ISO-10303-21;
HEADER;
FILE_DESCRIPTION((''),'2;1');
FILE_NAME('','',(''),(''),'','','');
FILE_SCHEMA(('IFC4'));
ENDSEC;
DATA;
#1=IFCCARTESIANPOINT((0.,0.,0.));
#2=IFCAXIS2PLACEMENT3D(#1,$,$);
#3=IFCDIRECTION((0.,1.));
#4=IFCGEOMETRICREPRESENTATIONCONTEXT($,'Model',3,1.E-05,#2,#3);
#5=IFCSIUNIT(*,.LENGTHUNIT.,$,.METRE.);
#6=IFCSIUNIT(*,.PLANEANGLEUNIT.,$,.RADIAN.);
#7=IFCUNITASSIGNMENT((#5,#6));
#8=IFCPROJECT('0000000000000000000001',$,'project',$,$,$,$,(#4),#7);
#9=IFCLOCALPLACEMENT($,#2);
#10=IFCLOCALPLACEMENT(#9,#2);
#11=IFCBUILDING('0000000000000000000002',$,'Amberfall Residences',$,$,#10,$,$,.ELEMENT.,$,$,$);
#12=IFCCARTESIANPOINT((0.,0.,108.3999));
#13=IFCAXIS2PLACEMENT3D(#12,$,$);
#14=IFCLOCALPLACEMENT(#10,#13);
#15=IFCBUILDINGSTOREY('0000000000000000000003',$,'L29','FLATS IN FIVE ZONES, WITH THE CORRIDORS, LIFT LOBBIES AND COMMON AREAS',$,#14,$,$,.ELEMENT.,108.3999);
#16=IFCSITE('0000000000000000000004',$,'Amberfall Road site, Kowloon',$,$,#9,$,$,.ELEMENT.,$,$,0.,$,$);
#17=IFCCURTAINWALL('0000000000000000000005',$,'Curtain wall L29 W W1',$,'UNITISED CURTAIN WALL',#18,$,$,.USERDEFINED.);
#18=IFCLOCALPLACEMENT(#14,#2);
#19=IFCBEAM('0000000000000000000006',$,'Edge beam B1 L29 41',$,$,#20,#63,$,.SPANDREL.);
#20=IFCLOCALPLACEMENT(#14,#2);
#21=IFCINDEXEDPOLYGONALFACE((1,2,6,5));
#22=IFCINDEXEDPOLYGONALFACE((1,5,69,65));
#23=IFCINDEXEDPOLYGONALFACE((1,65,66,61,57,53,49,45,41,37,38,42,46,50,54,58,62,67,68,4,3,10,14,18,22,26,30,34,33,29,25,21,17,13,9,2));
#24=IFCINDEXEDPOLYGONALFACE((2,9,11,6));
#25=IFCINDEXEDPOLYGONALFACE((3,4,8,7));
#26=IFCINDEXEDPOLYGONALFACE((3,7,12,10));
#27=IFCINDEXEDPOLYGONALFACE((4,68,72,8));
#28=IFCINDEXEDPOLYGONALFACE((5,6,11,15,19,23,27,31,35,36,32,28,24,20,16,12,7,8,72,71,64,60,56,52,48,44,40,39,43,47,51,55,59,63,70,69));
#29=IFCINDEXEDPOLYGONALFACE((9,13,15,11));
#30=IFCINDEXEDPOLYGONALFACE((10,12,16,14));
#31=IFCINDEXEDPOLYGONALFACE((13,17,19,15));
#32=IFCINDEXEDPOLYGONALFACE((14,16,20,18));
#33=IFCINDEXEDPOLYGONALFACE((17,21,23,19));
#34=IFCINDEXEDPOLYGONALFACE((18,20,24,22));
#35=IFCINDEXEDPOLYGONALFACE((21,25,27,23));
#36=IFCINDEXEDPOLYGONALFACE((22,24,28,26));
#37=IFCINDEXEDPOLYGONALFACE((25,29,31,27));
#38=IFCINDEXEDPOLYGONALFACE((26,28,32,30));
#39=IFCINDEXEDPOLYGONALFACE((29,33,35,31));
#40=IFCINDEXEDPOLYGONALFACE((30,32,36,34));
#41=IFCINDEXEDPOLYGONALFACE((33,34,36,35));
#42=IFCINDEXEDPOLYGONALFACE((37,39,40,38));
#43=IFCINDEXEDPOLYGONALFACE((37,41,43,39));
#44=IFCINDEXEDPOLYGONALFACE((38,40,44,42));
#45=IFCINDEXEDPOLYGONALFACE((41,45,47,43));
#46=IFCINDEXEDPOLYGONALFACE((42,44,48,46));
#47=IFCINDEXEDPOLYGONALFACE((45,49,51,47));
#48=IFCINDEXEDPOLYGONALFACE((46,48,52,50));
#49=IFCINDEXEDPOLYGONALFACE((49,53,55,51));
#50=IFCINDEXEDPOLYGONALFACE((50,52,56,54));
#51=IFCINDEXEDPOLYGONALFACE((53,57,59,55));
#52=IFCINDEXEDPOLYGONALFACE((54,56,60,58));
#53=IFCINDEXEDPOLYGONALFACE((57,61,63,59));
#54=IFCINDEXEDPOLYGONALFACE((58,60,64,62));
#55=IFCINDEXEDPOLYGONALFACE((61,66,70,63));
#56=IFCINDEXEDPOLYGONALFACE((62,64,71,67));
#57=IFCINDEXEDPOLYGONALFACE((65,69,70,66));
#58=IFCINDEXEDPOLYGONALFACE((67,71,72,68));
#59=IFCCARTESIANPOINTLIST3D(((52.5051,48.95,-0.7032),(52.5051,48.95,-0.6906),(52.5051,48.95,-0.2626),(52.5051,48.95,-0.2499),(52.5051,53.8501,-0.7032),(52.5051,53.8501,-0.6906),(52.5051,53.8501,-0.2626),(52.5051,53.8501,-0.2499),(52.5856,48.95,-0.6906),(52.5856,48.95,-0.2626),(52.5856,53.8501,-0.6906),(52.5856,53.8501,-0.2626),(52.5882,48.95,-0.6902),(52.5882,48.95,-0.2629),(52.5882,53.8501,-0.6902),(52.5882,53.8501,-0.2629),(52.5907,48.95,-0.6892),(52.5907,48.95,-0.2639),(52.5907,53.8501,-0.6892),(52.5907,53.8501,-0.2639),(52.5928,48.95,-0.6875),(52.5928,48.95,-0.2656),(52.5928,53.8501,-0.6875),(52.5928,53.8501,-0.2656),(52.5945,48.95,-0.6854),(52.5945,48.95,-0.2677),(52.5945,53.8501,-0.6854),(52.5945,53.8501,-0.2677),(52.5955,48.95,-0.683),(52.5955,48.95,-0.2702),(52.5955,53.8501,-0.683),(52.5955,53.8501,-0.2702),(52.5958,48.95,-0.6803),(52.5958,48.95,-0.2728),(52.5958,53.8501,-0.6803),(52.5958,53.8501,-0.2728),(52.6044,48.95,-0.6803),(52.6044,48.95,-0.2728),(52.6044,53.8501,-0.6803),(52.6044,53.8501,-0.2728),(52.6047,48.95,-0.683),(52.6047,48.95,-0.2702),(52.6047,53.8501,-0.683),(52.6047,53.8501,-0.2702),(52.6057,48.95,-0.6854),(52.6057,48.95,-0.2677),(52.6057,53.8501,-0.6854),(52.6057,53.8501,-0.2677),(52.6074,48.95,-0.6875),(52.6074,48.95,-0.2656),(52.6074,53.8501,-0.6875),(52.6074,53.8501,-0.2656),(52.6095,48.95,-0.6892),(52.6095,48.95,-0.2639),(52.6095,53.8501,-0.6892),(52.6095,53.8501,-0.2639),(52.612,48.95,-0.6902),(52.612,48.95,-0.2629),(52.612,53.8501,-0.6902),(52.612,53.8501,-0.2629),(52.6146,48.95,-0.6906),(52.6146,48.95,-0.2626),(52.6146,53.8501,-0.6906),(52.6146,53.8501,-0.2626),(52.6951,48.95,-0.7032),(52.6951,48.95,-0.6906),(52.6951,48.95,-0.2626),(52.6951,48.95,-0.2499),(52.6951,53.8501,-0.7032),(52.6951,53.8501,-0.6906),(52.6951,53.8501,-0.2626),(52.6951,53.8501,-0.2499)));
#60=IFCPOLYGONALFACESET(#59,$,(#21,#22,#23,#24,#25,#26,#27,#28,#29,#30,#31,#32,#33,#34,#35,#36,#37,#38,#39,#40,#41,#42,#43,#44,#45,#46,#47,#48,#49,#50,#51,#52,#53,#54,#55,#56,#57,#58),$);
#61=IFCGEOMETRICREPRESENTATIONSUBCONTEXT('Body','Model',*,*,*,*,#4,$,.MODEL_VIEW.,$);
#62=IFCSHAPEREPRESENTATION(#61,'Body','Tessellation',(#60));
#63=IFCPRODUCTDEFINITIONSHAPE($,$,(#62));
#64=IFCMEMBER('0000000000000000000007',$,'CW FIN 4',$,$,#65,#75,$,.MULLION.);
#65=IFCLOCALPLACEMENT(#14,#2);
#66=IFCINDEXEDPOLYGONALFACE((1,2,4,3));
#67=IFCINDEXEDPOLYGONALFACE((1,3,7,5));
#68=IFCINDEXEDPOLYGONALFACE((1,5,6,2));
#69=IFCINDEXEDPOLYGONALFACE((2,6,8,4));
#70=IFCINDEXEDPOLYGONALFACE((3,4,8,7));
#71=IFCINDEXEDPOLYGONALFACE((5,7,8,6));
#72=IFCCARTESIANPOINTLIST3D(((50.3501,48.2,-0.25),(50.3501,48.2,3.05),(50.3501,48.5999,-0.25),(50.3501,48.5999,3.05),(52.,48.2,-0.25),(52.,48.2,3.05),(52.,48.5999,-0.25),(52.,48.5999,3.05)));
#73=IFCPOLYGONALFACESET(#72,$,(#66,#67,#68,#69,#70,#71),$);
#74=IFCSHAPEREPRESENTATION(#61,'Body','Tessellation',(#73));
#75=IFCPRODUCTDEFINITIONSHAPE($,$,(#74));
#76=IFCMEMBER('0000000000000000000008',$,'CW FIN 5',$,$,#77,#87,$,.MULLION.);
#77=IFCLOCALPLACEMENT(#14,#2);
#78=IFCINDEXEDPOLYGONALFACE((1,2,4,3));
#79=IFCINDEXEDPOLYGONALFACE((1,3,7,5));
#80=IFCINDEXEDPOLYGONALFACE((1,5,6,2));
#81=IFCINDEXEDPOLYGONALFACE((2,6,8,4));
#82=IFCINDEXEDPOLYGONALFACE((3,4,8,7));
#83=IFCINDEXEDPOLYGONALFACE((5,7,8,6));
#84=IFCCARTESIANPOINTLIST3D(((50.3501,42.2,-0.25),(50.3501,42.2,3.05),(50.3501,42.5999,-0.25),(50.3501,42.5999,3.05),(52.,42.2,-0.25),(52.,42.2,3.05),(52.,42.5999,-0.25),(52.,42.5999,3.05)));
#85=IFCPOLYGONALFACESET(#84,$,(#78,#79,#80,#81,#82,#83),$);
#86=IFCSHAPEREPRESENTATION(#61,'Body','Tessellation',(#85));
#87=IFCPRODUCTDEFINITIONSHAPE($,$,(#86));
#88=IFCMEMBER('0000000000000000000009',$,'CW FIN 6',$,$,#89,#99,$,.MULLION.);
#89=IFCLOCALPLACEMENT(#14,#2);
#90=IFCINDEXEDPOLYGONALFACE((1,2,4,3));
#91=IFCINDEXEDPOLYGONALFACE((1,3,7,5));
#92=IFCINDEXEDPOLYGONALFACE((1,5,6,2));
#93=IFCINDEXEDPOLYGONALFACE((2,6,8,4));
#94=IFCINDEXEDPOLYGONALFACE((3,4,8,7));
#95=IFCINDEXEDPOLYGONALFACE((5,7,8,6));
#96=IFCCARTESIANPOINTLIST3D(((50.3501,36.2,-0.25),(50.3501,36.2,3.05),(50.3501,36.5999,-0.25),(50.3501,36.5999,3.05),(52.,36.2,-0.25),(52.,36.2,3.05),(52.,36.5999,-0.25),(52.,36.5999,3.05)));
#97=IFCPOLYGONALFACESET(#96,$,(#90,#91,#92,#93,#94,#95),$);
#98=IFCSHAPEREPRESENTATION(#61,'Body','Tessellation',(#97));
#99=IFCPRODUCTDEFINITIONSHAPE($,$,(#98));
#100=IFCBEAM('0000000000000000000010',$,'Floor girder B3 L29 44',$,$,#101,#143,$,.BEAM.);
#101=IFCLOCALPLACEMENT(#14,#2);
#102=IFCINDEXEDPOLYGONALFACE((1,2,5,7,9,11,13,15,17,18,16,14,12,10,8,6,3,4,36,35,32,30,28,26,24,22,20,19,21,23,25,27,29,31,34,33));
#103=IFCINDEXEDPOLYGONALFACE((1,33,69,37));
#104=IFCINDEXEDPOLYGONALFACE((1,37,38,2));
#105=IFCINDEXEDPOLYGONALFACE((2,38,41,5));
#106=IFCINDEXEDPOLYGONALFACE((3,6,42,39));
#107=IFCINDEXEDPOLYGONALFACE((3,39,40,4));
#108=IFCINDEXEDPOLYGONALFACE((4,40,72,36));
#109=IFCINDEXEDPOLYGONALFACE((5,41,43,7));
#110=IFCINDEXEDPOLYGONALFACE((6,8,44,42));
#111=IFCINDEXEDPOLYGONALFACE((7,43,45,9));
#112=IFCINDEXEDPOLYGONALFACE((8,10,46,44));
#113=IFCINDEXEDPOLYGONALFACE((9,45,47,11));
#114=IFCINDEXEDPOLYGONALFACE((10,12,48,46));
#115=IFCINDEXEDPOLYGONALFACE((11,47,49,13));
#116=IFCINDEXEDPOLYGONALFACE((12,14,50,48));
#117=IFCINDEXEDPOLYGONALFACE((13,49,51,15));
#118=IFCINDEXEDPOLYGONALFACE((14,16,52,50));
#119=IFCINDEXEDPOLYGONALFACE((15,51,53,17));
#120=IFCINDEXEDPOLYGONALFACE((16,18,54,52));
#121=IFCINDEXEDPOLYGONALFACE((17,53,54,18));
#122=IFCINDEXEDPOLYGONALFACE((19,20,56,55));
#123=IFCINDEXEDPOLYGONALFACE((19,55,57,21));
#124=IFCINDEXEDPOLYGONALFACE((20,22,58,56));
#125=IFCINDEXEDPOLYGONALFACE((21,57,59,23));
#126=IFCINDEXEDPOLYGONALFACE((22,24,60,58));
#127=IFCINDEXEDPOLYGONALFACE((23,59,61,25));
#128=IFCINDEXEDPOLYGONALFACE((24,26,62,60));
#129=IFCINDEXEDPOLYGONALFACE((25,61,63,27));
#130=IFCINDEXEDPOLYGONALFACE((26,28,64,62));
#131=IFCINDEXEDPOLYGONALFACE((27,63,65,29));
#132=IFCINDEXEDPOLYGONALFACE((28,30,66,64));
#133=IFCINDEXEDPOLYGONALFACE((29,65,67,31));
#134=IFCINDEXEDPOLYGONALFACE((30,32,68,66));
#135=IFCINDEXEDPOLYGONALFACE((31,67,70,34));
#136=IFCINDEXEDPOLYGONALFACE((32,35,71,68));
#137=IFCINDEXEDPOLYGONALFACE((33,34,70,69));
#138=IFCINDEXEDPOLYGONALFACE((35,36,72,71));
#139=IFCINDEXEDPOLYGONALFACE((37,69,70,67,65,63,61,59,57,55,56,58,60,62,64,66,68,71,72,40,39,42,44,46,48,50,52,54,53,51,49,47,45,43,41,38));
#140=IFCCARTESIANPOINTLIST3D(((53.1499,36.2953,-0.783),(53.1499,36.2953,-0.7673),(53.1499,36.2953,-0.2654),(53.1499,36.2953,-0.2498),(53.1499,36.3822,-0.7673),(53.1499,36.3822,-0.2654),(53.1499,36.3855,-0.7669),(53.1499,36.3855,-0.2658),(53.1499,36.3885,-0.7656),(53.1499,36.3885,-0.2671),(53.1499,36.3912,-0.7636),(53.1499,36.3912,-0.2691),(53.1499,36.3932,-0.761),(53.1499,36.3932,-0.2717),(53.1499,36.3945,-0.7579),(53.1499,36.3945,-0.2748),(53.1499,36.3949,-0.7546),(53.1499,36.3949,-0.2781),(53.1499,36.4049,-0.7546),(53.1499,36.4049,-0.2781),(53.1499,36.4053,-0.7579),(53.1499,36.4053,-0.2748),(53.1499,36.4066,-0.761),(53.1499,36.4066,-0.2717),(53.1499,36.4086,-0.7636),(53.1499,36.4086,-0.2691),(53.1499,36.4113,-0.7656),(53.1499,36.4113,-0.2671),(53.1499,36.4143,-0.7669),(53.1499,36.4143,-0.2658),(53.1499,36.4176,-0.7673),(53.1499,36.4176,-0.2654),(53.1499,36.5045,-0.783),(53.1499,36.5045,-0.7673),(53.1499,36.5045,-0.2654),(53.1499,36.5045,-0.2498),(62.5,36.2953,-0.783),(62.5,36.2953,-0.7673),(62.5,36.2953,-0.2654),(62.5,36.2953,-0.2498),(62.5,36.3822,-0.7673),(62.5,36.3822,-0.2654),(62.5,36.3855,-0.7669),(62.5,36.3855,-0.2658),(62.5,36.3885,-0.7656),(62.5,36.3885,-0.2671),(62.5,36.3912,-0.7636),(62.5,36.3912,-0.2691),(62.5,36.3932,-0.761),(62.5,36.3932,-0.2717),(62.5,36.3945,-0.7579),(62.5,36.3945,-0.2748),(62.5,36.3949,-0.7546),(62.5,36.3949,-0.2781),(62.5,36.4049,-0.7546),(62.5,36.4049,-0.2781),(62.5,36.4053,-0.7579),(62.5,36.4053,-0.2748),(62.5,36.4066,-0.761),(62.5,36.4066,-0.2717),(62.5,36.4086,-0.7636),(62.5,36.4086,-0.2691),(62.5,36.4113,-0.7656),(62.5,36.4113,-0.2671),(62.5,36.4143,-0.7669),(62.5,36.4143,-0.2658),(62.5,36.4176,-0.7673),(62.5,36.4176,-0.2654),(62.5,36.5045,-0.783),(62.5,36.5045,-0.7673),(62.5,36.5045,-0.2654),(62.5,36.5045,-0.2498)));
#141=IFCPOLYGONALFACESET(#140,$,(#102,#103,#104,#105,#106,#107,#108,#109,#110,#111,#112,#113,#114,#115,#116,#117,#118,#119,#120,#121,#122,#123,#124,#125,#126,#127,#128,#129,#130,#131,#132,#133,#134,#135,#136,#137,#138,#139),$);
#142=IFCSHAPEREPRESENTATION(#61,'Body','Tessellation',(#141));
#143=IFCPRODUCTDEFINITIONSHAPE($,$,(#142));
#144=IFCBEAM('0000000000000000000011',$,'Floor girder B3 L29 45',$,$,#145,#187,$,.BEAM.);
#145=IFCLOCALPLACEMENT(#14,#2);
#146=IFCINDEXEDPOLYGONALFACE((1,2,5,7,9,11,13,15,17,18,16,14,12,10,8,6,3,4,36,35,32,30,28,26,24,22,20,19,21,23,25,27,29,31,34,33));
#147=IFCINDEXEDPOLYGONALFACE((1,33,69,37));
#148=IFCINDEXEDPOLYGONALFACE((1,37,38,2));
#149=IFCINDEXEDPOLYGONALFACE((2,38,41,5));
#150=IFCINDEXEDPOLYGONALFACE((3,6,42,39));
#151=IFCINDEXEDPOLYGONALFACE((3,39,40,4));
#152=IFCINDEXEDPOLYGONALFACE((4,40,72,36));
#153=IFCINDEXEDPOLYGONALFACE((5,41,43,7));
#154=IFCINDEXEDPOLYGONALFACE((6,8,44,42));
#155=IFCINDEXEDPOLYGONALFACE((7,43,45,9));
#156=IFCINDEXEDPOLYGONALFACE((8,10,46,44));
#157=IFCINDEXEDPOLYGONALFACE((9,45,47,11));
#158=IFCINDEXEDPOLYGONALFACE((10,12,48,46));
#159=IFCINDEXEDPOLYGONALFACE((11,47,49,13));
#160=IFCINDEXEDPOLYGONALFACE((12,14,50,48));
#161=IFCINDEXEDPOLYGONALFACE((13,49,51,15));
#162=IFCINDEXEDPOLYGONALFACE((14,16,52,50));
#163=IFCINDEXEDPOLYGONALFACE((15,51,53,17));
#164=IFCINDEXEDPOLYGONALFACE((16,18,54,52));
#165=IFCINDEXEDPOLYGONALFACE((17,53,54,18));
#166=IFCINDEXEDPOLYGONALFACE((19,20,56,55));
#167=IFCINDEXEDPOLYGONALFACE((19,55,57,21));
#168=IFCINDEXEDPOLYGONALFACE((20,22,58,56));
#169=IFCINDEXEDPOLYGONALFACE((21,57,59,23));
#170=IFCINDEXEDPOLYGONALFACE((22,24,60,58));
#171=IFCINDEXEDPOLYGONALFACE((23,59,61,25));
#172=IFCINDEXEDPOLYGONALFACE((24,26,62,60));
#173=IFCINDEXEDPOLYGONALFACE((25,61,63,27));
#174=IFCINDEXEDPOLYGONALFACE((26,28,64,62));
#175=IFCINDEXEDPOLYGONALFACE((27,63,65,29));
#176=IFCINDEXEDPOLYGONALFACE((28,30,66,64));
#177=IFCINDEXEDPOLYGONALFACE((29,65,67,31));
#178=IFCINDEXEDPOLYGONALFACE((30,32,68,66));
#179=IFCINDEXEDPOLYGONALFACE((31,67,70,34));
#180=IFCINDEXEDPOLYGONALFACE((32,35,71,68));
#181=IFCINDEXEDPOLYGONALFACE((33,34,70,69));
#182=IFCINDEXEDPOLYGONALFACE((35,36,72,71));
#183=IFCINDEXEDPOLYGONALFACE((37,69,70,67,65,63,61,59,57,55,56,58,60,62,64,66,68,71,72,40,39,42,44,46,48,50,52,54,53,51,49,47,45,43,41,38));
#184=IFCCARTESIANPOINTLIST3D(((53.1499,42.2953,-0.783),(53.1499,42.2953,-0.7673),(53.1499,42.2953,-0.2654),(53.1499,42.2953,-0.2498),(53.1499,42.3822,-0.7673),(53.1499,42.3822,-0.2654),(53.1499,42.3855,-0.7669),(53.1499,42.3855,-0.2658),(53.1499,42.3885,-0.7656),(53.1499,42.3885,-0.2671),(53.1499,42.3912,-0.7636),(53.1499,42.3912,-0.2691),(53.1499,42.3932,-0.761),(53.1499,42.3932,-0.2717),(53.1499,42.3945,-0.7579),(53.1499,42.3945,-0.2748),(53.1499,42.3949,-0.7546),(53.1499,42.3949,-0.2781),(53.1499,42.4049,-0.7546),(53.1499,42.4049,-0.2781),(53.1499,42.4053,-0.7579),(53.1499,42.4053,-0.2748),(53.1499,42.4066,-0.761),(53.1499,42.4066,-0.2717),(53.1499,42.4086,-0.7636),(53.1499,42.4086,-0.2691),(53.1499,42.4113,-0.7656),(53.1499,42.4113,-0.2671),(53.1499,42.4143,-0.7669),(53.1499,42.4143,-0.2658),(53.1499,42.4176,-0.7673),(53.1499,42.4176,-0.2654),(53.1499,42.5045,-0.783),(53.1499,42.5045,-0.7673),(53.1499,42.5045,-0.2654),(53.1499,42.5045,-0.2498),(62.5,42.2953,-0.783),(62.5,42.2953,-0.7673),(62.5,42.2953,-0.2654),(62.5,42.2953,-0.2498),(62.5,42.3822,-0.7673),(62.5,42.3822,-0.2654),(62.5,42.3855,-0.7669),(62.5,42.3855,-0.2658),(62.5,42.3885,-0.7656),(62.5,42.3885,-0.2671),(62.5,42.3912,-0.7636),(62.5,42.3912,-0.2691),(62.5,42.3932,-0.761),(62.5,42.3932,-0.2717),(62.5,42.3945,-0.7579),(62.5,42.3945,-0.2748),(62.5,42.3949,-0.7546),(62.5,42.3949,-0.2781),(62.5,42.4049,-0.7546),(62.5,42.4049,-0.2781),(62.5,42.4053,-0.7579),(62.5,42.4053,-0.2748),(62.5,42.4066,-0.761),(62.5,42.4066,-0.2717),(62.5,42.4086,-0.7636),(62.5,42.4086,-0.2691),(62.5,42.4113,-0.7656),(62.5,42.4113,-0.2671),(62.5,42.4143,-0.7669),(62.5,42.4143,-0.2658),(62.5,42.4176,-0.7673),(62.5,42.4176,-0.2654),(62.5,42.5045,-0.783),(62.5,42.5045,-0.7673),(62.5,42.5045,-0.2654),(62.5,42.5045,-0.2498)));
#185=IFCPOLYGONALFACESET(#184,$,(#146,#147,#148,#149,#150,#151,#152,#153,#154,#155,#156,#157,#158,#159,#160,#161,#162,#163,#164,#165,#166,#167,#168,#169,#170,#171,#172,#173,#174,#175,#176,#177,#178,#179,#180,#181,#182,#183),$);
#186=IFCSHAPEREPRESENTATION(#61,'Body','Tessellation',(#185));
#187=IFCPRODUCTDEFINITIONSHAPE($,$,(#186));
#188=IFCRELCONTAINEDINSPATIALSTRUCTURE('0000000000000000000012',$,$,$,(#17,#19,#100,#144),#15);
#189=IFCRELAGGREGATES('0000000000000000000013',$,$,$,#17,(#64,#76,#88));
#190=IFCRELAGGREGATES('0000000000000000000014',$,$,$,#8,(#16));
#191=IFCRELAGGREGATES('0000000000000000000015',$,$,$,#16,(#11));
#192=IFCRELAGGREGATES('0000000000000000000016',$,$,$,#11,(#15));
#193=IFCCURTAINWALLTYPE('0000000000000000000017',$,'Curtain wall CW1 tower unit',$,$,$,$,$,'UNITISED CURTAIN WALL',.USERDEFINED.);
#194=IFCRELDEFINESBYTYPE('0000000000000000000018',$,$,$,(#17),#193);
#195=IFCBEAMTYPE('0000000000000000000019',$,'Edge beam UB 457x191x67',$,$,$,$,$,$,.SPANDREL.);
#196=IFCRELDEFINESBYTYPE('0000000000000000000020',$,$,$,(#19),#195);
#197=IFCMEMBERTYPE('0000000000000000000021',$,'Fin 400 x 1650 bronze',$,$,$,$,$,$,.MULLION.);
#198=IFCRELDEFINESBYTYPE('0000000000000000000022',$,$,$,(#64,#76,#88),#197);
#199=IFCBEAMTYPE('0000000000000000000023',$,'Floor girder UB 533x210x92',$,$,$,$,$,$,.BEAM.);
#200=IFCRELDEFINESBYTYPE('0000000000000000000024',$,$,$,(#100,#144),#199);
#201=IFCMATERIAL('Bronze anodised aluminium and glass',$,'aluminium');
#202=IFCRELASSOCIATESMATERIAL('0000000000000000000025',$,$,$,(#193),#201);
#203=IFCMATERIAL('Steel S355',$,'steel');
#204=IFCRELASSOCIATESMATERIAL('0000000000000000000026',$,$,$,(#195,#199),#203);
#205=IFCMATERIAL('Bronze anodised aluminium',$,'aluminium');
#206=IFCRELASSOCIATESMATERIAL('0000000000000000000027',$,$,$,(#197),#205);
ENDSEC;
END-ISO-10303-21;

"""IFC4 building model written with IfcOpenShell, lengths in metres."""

from ifc_helpers import new_model, si_unit, direction, frame, origin, origin_2d, place, context, subcontext, project, spatial, rectangle, i_section, extrude, material, material_profile, profile_set, type_object, element, aggregate, save


model = new_model("IFC4")

# Units and contexts
model_context = context("Model", 3, precision=1e-05, world=origin(), true_north=direction((0.0, 1.0)))
body_context = subcontext(model_context, "Body", "Model", "MODEL_VIEW")
ifc_project = project(units=[si_unit("LENGTHUNIT", "METRE"), si_unit("PLANEANGLEUNIT", "RADIAN")], contexts=[model_context])

# Site, building, storey
site_placement = place(None, origin())
site = spatial("IfcSite", under=ifc_project, at=site_placement, Name="Amberfall Road site, Kowloon", CompositionType="ELEMENT", RefElevation=0.0)
building_placement = place(site_placement, origin())
building = spatial("IfcBuilding", under=site, at=building_placement, Name="Amberfall Residences", CompositionType="ELEMENT")
storey_placement = place(building_placement, frame((0.0, 0.0, 108.3999)))
storey = spatial("IfcBuildingStorey", under=building, at=storey_placement, Name="L29", Description="FLATS IN FIVE ZONES, WITH THE CORRIDORS, LIFT LOBBIES AND COMMON AREAS", CompositionType="ELEMENT", Elevation=108.3999)

# Curtain wall
ifc_material_1 = material(Name="Bronze anodised aluminium and glass", Category="aluminium")
curtain_wall_type = type_object("IfcCurtainWallType", Name="Curtain wall CW1 tower unit", ElementType="UNITISED CURTAIN WALL", PredefinedType="USERDEFINED", material=ifc_material_1)
curtain_wall_placement = place(storey_placement, origin())
curtain_wall = element("IfcCurtainWall", 1, at=curtain_wall_placement, inside=storey, type_object=curtain_wall_type, Name="Curtain wall L29 W W1", ObjectType="UNITISED CURTAIN WALL", PredefinedType="USERDEFINED")
ifc_material_2 = material(Name="Bronze anodised aluminium", Category="aluminium")

# Beam
ifc_material_3 = material(Name="Steel S355", Category="steel")
ifc_material_profile_1 = material_profile(ifc_material_3, i_section(OverallWidth=0.1899, OverallDepth=0.4534, WebThickness=0.0085, FlangeThickness=0.0127, FilletRadius=0.0103, at=origin_2d()), Name="UB 457x191x67")
ifc_profile_set_1 = profile_set([ifc_material_profile_1], Name="Steel S355")
beam_type_1 = type_object("IfcBeamType", Name="Edge beam UB 457x191x67", PredefinedType="SPANDREL", material=ifc_profile_set_1)
for number, where, z_axis, x_axis, name in (
    (2, (52.6001, 48.95, -0.4766), (0.0, 1.0, 0.0), (-1.0, 0.0, 0.0), "Edge beam B1 L29 41"),
):
    element("IfcBeam", number, at=place(storey_placement, frame(where, z_axis=z_axis, x_axis=x_axis)), inside=storey, type_object=beam_type_1, Name=name, PredefinedType="SPANDREL", context=body_context, shape_type="SweptSolid", body=[
        extrude(i_section(OverallWidth=0.1899, OverallDepth=0.4534, WebThickness=0.0085, FlangeThickness=0.0127, FilletRadius=0.0103, at=origin_2d()), origin(), (0.0, 0.0, 1.0), 4.9001),
    ])

# Members
ifc_material_profile_2 = material_profile(ifc_material_2, rectangle(XDim=1.6499, YDim=0.3999, at=origin_2d()), Name="Fin 400 x 1650 bronze")
ifc_profile_set_2 = profile_set([ifc_material_profile_2], Name="Bronze anodised aluminium")
member_type_1 = type_object("IfcMemberType", Name="Fin 400 x 1650 bronze", PredefinedType="MULLION", material=ifc_profile_set_2)
member_1_placement = place(storey_placement, frame((51.175, 48.3999, -0.25), z_axis=(0.0, 0.0, 1.0), x_axis=(1.0, 0.0, 0.0)))
member_1 = element("IfcMember", 3, at=member_1_placement, type_object=member_type_1, Name="CW FIN 4", PredefinedType="MULLION", context=body_context, shape_type="SweptSolid", body=[
    extrude(rectangle(XDim=1.6499, YDim=0.3999, at=origin_2d()), origin(), (0.0, 0.0, 1.0), 3.3),
])
member_2_placement = place(storey_placement, frame((51.175, 42.3999, -0.25), z_axis=(0.0, 0.0, 1.0), x_axis=(1.0, 0.0, 0.0)))
member_2 = element("IfcMember", 4, at=member_2_placement, type_object=member_type_1, Name="CW FIN 5", PredefinedType="MULLION", context=body_context, shape_type="SweptSolid", body=[
    extrude(rectangle(XDim=1.6499, YDim=0.3999, at=origin_2d()), origin(), (0.0, 0.0, 1.0), 3.3),
])
member_3_placement = place(storey_placement, frame((51.175, 36.3999, -0.25), z_axis=(0.0, 0.0, 1.0), x_axis=(1.0, 0.0, 0.0)))
member_3 = element("IfcMember", 5, at=member_3_placement, type_object=member_type_1, Name="CW FIN 6", PredefinedType="MULLION", context=body_context, shape_type="SweptSolid", body=[
    extrude(rectangle(XDim=1.6499, YDim=0.3999, at=origin_2d()), origin(), (0.0, 0.0, 1.0), 3.3),
])

# Beams
ifc_material_profile_3 = material_profile(ifc_material_3, i_section(OverallWidth=0.2092, OverallDepth=0.5332, WebThickness=0.01, FlangeThickness=0.0156, FilletRadius=0.0127, at=origin_2d()), Name="UB 533x210x92")
ifc_profile_set_3 = profile_set([ifc_material_profile_3], Name="Steel S355")
beam_type_2 = type_object("IfcBeamType", Name="Floor girder UB 533x210x92", PredefinedType="BEAM", material=ifc_profile_set_3)
for number, where, z_axis, x_axis, name in (
    (6, (53.1499, 36.3999, -0.5164), (1.0, 0.0, 0.0), (0.0, 1.0, 0.0), "Floor girder B3 L29 44"),
    (7, (53.1499, 42.3999, -0.5164), (1.0, 0.0, 0.0), (0.0, 1.0, 0.0), "Floor girder B3 L29 45"),
):
    element("IfcBeam", number, at=place(storey_placement, frame(where, z_axis=z_axis, x_axis=x_axis)), inside=storey, type_object=beam_type_2, Name=name, PredefinedType="BEAM", context=body_context, shape_type="SweptSolid", body=[
        extrude(i_section(OverallWidth=0.2092, OverallDepth=0.5332, WebThickness=0.01, FlangeThickness=0.0156, FilletRadius=0.0127, at=origin_2d()), origin(), (0.0, 0.0, 1.0), 9.3501),
    ])

aggregate(curtain_wall, [member_1, member_2, member_3])

save(model, "model.ifc")
